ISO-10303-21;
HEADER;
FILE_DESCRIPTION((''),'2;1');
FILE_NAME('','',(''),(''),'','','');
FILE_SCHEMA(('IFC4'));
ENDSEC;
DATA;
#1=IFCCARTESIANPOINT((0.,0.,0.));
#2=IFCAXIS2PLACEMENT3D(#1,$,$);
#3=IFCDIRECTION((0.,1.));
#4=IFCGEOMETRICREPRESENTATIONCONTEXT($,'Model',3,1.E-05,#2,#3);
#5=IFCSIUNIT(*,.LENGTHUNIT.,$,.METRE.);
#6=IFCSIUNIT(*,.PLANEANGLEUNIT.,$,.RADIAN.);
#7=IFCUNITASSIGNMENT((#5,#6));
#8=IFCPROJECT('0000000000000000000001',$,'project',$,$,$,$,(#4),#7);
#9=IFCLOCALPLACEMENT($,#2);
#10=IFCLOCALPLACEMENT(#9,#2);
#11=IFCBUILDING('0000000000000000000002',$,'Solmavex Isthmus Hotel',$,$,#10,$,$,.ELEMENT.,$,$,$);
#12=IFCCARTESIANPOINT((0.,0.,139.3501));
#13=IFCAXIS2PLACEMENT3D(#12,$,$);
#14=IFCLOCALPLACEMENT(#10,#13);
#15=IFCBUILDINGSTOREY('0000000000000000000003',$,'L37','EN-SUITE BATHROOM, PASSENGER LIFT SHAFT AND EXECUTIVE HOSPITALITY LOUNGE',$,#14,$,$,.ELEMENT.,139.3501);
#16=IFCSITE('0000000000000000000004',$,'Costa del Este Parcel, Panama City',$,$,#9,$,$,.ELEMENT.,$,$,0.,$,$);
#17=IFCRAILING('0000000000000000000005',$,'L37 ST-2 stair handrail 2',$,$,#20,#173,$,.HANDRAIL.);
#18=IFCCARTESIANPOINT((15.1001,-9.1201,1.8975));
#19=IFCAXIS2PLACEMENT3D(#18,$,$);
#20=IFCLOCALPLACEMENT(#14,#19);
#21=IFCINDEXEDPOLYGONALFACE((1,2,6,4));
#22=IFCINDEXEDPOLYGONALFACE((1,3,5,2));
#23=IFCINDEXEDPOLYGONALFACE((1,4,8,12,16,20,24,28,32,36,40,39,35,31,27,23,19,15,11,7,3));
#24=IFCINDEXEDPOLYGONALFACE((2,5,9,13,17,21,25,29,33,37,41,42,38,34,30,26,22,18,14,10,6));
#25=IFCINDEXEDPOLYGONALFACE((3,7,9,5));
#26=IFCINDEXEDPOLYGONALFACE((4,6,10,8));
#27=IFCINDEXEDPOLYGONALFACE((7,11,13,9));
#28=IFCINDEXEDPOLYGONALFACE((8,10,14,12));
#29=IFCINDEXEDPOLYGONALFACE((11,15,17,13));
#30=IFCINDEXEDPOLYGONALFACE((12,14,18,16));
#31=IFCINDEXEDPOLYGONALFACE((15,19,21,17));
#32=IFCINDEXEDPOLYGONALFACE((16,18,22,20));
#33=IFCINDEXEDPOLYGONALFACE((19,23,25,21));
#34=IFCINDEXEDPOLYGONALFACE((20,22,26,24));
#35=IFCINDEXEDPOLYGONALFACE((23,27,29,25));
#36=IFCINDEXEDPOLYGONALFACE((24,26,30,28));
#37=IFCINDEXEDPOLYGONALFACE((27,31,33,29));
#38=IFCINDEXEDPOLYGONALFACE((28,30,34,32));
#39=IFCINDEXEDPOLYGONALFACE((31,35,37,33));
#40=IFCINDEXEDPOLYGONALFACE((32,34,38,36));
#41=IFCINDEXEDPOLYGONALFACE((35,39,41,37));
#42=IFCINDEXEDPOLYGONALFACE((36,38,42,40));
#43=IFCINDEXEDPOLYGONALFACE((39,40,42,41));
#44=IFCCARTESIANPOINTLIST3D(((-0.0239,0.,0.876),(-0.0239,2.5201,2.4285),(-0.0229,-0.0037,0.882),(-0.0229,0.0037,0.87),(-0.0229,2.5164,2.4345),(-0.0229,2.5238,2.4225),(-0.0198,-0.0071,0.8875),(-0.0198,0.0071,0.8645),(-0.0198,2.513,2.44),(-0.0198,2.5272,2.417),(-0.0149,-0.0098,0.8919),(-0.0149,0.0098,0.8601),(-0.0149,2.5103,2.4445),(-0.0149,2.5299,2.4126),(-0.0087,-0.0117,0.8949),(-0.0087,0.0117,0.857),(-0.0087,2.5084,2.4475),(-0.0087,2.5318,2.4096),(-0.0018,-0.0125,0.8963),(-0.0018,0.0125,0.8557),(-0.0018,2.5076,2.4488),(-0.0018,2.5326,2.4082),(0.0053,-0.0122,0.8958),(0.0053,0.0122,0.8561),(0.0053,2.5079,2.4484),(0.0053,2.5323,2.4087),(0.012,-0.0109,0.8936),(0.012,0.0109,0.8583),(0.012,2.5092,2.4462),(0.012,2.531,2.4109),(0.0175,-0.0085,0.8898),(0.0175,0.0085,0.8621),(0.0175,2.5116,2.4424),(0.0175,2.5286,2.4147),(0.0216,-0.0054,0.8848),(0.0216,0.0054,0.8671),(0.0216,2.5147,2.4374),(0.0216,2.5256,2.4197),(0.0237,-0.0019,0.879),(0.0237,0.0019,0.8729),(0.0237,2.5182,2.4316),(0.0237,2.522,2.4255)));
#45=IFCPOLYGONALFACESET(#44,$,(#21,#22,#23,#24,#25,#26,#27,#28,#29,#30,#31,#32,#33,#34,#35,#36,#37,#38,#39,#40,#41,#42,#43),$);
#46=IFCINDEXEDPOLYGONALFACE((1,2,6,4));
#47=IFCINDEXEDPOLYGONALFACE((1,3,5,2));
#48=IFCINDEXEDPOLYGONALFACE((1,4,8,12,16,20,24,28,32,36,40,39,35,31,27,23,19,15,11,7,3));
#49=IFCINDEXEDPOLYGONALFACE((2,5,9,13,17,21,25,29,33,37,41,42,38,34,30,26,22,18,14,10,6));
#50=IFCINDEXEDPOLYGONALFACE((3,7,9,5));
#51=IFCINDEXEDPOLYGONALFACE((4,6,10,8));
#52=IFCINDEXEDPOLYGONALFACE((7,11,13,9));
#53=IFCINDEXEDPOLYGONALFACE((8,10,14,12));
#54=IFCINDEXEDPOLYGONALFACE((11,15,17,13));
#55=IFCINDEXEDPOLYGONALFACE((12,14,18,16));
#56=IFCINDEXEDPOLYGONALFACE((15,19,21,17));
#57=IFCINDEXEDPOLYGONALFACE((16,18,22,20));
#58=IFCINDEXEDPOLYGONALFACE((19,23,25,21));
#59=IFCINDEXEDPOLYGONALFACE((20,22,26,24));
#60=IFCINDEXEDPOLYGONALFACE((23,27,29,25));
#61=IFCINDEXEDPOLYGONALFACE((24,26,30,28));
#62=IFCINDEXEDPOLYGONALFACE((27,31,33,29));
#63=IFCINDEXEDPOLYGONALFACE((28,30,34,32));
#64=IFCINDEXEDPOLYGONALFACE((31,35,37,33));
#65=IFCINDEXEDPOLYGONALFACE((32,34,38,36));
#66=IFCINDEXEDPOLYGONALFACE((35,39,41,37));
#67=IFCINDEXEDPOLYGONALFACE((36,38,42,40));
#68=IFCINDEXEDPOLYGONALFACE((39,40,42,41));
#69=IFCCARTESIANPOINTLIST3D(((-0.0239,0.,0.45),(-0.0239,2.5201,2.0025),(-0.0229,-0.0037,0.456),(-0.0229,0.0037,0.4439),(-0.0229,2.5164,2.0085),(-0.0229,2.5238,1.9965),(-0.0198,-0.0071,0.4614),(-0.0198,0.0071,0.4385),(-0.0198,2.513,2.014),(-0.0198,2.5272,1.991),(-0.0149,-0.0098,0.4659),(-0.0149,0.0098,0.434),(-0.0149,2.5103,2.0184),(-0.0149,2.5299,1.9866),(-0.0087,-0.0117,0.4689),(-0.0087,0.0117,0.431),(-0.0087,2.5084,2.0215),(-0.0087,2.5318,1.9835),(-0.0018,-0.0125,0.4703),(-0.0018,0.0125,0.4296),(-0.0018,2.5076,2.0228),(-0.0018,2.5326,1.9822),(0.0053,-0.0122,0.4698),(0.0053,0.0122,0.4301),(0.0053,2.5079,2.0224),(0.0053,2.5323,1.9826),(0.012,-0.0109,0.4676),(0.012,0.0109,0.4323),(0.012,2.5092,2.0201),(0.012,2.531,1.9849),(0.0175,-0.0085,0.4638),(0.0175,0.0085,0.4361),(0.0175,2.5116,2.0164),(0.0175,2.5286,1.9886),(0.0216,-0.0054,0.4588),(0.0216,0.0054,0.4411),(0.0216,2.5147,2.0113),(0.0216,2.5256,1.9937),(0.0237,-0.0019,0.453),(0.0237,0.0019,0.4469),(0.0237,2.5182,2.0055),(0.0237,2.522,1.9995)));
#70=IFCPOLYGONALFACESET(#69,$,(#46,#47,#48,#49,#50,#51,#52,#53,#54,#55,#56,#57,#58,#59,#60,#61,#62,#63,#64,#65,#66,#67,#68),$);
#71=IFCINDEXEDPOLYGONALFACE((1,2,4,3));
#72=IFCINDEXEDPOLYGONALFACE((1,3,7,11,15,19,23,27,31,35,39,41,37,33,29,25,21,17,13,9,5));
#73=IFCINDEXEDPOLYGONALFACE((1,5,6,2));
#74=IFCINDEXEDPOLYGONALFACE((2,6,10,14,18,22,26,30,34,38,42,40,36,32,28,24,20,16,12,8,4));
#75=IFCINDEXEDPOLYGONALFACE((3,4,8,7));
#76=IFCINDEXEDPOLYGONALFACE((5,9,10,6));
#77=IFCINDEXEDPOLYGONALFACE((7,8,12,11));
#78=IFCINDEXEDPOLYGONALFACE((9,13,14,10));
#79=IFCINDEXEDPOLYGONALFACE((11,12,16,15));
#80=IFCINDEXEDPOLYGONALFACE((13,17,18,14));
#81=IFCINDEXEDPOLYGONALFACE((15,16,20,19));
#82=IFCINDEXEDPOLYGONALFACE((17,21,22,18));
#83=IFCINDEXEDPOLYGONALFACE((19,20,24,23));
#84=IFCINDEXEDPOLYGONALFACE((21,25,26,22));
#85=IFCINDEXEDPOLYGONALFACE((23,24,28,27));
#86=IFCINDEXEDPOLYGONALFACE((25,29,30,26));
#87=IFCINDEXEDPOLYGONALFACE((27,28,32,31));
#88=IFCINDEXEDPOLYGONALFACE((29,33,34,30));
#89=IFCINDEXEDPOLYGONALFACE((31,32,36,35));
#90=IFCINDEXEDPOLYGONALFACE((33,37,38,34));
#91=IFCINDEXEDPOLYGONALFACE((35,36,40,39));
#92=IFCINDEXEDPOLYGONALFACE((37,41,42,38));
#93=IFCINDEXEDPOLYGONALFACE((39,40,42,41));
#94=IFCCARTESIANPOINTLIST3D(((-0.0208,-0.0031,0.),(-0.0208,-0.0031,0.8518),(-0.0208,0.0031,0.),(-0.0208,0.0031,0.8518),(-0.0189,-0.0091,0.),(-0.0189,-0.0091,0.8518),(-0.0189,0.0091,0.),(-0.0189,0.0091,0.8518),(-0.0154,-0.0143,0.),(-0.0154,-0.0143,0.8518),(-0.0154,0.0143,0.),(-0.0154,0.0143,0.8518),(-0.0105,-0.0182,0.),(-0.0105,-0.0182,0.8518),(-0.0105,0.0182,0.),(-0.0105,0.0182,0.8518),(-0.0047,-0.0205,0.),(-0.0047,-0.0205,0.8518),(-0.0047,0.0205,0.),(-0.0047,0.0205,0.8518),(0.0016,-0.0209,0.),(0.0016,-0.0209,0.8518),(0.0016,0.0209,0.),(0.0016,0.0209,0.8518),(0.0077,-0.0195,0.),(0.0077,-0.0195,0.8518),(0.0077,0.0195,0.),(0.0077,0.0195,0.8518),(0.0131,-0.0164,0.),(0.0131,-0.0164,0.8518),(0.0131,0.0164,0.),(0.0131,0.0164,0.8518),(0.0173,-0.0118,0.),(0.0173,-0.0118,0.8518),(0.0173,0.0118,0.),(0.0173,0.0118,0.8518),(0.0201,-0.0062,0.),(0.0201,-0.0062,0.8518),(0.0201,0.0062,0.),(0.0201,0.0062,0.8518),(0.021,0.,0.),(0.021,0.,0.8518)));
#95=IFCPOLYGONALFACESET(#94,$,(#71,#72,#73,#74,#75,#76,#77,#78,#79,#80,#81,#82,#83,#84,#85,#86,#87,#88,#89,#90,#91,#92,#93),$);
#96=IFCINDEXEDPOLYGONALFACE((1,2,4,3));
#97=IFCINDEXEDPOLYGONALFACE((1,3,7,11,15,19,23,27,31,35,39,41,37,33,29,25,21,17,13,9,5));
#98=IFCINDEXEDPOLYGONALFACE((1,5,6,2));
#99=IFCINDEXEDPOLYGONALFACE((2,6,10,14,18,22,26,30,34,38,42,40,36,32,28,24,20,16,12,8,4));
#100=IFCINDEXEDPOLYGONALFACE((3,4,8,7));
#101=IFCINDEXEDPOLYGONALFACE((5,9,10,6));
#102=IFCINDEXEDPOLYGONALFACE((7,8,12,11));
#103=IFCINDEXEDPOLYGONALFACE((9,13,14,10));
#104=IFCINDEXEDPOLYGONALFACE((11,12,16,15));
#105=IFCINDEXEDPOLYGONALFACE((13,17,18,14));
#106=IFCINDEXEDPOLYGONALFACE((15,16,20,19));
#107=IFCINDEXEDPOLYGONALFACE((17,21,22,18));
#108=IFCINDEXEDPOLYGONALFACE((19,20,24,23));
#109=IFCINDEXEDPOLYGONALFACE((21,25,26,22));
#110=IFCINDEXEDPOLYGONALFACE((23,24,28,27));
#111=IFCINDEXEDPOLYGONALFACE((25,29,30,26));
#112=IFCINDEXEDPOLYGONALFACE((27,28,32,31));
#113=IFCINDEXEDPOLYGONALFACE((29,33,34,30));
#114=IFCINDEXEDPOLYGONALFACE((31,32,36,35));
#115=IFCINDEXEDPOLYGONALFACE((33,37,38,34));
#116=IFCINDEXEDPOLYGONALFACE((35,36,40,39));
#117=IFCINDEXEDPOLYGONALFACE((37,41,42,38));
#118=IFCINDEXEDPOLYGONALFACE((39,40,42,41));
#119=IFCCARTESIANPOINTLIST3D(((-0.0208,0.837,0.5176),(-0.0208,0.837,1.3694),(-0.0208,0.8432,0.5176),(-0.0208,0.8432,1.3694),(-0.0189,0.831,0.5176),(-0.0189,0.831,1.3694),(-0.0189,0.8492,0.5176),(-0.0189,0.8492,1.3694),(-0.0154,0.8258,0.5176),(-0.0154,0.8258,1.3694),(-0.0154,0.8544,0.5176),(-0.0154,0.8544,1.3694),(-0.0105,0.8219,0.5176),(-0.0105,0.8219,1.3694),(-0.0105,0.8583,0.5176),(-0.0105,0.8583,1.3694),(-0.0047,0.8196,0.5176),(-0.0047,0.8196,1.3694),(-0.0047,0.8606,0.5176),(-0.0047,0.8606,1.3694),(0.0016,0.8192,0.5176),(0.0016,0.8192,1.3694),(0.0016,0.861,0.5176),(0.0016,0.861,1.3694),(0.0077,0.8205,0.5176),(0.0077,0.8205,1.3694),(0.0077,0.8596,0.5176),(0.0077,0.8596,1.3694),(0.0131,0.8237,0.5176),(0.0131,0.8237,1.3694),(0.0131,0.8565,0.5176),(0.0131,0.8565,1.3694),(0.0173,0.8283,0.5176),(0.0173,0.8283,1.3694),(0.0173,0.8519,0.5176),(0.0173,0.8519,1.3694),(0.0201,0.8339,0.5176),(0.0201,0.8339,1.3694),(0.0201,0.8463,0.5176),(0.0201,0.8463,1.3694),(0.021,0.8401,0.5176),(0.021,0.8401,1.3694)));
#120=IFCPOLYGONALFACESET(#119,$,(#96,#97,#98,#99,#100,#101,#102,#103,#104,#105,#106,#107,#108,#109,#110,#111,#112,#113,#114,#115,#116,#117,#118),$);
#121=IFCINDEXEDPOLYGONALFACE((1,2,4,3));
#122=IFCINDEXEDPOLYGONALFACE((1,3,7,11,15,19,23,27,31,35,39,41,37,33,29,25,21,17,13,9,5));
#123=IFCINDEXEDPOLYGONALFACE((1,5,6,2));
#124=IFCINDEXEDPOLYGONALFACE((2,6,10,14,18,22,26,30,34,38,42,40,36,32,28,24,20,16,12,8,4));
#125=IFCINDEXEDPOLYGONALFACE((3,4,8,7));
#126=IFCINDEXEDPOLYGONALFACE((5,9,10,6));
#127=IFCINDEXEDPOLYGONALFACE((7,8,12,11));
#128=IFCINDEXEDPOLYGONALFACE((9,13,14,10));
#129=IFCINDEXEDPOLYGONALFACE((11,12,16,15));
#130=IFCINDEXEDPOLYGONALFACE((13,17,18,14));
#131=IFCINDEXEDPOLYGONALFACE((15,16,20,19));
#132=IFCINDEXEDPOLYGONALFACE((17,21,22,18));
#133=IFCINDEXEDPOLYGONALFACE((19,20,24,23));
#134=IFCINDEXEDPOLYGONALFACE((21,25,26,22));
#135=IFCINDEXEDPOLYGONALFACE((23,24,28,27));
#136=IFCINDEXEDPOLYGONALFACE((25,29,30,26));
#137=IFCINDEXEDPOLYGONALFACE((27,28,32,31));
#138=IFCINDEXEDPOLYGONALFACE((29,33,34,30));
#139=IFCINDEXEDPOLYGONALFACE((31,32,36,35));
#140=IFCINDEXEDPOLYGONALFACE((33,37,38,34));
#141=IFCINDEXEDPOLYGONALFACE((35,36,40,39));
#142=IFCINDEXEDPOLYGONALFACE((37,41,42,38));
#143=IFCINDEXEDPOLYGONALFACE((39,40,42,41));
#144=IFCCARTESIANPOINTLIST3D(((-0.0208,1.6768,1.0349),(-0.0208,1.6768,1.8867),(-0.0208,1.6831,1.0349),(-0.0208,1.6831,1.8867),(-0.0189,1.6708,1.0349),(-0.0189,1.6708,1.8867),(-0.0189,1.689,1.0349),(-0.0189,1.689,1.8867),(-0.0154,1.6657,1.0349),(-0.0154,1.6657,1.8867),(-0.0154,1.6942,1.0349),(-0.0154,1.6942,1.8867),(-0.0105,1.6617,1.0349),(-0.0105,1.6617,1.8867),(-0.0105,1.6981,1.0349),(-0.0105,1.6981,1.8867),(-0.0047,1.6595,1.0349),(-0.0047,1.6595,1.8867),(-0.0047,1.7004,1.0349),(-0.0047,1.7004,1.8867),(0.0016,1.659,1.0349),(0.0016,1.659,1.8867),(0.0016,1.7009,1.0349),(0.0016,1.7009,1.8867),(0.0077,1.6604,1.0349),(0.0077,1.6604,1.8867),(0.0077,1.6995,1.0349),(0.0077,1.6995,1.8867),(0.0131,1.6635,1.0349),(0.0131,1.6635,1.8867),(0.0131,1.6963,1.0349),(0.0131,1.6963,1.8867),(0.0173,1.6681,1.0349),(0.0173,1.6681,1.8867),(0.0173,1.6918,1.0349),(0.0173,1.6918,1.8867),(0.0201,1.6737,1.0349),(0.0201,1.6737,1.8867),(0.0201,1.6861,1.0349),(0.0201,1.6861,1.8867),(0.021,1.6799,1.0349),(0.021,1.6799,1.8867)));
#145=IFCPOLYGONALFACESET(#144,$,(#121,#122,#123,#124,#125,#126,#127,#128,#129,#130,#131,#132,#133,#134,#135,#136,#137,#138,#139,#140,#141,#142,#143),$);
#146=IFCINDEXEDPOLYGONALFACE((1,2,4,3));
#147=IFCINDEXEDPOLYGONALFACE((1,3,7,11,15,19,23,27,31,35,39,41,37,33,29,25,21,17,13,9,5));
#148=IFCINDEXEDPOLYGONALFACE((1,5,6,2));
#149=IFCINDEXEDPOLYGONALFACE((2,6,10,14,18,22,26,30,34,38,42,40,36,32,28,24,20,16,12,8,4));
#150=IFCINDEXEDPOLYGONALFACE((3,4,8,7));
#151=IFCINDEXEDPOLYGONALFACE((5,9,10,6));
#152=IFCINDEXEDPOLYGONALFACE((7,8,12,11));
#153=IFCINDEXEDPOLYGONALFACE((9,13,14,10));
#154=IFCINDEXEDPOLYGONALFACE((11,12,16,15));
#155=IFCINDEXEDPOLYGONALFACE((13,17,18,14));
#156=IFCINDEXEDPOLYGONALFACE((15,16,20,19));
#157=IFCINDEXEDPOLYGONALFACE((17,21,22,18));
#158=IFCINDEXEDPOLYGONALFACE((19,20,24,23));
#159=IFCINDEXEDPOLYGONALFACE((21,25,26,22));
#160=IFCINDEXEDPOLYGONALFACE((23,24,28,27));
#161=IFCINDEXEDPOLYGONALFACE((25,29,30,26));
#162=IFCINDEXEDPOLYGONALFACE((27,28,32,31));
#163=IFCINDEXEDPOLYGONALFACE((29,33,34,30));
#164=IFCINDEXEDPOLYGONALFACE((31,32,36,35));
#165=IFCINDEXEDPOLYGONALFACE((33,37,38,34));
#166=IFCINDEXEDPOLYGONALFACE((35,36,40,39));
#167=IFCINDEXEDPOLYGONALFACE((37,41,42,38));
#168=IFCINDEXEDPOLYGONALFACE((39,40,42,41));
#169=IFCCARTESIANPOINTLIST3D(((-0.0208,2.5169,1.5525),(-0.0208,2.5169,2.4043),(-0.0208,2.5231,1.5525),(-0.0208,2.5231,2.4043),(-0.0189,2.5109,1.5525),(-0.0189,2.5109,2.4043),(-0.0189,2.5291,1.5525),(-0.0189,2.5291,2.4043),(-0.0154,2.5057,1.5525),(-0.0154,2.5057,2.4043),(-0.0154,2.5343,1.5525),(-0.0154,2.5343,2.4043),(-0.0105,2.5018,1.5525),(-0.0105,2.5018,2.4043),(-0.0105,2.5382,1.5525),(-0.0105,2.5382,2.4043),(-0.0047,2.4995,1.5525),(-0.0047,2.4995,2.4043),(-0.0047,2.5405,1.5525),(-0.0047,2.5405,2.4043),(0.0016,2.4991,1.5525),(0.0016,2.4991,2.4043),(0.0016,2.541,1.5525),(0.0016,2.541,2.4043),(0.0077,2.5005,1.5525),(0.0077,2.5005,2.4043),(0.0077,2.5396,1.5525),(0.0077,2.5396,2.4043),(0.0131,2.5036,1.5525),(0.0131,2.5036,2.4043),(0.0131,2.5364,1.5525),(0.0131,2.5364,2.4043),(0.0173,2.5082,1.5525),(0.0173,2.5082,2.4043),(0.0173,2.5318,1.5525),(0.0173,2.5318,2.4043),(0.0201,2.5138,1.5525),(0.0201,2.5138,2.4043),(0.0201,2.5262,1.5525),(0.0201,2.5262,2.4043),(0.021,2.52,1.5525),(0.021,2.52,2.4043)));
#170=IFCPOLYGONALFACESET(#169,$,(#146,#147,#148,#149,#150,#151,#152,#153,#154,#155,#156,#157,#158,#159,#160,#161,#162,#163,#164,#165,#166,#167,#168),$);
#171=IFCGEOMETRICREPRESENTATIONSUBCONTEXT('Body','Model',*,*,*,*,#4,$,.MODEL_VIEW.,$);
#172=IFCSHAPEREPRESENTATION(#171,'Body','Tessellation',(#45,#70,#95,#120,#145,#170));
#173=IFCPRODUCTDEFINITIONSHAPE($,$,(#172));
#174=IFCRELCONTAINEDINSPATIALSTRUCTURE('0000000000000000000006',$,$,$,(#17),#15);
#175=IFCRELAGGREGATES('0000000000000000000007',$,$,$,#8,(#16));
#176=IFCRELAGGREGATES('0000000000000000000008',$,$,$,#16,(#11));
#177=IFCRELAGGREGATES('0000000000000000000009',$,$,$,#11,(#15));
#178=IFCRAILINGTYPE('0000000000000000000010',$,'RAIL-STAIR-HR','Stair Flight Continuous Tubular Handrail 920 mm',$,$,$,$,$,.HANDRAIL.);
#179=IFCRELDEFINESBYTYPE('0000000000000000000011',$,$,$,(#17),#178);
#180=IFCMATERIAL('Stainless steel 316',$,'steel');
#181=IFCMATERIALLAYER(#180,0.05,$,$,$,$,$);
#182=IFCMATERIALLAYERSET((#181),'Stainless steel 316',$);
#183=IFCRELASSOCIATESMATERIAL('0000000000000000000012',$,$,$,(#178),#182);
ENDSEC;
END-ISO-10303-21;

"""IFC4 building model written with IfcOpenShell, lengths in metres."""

from ifc_helpers import new_model, si_unit, direction, frame, origin, origin_2d, place, context, subcontext, project, spatial, circle, extrude, material, layer, layer_set, type_object, element, save


model = new_model("IFC4")

# Units and contexts
model_context = context("Model", 3, precision=1e-05, world=origin(), true_north=direction((0.0, 1.0)))
body_context = subcontext(model_context, "Body", "Model", "MODEL_VIEW")
ifc_project = project(units=[si_unit("LENGTHUNIT", "METRE"), si_unit("PLANEANGLEUNIT", "RADIAN")], contexts=[model_context])

# Site, building, storey
site_placement = place(None, origin())
site = spatial("IfcSite", under=ifc_project, at=site_placement, Name="Costa del Este Parcel, Panama City", CompositionType="ELEMENT", RefElevation=0.0)
building_placement = place(site_placement, origin())
building = spatial("IfcBuilding", under=site, at=building_placement, Name="Solmavex Isthmus Hotel", CompositionType="ELEMENT")
storey_placement = place(building_placement, frame((0.0, 0.0, 139.3501)))
storey = spatial("IfcBuildingStorey", under=building, at=storey_placement, Name="L37", Description="EN-SUITE BATHROOM, PASSENGER LIFT SHAFT AND EXECUTIVE HOSPITALITY LOUNGE", CompositionType="ELEMENT", Elevation=139.3501)

# Railing
ifc_material_1 = material(Name="Stainless steel 316", Category="steel")
ifc_layer_1 = layer(ifc_material_1, 0.05)
ifc_layer_set_1 = layer_set([ifc_layer_1], Name="Stainless steel 316")
railing_type_1 = type_object("IfcRailingType", Name="RAIL-STAIR-HR", Description="Stair Flight Continuous Tubular Handrail 920 mm", PredefinedType="HANDRAIL", material=ifc_layer_set_1)
railing_1_placement = place(storey_placement, frame((15.1001, -9.1201, 1.8975)))
element("IfcRailing", 1, at=railing_1_placement, inside=storey, type_object=railing_type_1, Name="L37 ST-2 stair handrail 2", PredefinedType="HANDRAIL", context=body_context, shape_type="SweptSolid", body=[
    extrude(circle(Radius=0.0239, at=origin_2d()), frame((0.0, 0.0, 0.876), z_axis=(0.0, 0.8514, 0.524516), x_axis=(-1.0, 0.0, 0.0)), (0.0, 0.0, 1.0), 2.96),
    extrude(circle(Radius=0.0239, at=origin_2d()), frame((0.0, 0.0, 0.45), z_axis=(0.0, 0.8514, 0.524516), x_axis=(-1.0, 0.0, 0.0)), (0.0, 0.0, 1.0), 2.96),
    extrude(circle(Radius=0.021, at=origin_2d()), origin(), (0.0, 0.0, 1.0), 0.8518),
    extrude(circle(Radius=0.021, at=origin_2d()), frame((0.0, 0.8401, 0.5176)), (0.0, 0.0, 1.0), 0.8518),
    extrude(circle(Radius=0.021, at=origin_2d()), frame((0.0, 1.6799, 1.0349)), (0.0, 0.0, 1.0), 0.8518),
    extrude(circle(Radius=0.021, at=origin_2d()), frame((0.0, 2.52, 1.5525)), (0.0, 0.0, 1.0), 0.8518),
])

save(model, "model.ifc")
